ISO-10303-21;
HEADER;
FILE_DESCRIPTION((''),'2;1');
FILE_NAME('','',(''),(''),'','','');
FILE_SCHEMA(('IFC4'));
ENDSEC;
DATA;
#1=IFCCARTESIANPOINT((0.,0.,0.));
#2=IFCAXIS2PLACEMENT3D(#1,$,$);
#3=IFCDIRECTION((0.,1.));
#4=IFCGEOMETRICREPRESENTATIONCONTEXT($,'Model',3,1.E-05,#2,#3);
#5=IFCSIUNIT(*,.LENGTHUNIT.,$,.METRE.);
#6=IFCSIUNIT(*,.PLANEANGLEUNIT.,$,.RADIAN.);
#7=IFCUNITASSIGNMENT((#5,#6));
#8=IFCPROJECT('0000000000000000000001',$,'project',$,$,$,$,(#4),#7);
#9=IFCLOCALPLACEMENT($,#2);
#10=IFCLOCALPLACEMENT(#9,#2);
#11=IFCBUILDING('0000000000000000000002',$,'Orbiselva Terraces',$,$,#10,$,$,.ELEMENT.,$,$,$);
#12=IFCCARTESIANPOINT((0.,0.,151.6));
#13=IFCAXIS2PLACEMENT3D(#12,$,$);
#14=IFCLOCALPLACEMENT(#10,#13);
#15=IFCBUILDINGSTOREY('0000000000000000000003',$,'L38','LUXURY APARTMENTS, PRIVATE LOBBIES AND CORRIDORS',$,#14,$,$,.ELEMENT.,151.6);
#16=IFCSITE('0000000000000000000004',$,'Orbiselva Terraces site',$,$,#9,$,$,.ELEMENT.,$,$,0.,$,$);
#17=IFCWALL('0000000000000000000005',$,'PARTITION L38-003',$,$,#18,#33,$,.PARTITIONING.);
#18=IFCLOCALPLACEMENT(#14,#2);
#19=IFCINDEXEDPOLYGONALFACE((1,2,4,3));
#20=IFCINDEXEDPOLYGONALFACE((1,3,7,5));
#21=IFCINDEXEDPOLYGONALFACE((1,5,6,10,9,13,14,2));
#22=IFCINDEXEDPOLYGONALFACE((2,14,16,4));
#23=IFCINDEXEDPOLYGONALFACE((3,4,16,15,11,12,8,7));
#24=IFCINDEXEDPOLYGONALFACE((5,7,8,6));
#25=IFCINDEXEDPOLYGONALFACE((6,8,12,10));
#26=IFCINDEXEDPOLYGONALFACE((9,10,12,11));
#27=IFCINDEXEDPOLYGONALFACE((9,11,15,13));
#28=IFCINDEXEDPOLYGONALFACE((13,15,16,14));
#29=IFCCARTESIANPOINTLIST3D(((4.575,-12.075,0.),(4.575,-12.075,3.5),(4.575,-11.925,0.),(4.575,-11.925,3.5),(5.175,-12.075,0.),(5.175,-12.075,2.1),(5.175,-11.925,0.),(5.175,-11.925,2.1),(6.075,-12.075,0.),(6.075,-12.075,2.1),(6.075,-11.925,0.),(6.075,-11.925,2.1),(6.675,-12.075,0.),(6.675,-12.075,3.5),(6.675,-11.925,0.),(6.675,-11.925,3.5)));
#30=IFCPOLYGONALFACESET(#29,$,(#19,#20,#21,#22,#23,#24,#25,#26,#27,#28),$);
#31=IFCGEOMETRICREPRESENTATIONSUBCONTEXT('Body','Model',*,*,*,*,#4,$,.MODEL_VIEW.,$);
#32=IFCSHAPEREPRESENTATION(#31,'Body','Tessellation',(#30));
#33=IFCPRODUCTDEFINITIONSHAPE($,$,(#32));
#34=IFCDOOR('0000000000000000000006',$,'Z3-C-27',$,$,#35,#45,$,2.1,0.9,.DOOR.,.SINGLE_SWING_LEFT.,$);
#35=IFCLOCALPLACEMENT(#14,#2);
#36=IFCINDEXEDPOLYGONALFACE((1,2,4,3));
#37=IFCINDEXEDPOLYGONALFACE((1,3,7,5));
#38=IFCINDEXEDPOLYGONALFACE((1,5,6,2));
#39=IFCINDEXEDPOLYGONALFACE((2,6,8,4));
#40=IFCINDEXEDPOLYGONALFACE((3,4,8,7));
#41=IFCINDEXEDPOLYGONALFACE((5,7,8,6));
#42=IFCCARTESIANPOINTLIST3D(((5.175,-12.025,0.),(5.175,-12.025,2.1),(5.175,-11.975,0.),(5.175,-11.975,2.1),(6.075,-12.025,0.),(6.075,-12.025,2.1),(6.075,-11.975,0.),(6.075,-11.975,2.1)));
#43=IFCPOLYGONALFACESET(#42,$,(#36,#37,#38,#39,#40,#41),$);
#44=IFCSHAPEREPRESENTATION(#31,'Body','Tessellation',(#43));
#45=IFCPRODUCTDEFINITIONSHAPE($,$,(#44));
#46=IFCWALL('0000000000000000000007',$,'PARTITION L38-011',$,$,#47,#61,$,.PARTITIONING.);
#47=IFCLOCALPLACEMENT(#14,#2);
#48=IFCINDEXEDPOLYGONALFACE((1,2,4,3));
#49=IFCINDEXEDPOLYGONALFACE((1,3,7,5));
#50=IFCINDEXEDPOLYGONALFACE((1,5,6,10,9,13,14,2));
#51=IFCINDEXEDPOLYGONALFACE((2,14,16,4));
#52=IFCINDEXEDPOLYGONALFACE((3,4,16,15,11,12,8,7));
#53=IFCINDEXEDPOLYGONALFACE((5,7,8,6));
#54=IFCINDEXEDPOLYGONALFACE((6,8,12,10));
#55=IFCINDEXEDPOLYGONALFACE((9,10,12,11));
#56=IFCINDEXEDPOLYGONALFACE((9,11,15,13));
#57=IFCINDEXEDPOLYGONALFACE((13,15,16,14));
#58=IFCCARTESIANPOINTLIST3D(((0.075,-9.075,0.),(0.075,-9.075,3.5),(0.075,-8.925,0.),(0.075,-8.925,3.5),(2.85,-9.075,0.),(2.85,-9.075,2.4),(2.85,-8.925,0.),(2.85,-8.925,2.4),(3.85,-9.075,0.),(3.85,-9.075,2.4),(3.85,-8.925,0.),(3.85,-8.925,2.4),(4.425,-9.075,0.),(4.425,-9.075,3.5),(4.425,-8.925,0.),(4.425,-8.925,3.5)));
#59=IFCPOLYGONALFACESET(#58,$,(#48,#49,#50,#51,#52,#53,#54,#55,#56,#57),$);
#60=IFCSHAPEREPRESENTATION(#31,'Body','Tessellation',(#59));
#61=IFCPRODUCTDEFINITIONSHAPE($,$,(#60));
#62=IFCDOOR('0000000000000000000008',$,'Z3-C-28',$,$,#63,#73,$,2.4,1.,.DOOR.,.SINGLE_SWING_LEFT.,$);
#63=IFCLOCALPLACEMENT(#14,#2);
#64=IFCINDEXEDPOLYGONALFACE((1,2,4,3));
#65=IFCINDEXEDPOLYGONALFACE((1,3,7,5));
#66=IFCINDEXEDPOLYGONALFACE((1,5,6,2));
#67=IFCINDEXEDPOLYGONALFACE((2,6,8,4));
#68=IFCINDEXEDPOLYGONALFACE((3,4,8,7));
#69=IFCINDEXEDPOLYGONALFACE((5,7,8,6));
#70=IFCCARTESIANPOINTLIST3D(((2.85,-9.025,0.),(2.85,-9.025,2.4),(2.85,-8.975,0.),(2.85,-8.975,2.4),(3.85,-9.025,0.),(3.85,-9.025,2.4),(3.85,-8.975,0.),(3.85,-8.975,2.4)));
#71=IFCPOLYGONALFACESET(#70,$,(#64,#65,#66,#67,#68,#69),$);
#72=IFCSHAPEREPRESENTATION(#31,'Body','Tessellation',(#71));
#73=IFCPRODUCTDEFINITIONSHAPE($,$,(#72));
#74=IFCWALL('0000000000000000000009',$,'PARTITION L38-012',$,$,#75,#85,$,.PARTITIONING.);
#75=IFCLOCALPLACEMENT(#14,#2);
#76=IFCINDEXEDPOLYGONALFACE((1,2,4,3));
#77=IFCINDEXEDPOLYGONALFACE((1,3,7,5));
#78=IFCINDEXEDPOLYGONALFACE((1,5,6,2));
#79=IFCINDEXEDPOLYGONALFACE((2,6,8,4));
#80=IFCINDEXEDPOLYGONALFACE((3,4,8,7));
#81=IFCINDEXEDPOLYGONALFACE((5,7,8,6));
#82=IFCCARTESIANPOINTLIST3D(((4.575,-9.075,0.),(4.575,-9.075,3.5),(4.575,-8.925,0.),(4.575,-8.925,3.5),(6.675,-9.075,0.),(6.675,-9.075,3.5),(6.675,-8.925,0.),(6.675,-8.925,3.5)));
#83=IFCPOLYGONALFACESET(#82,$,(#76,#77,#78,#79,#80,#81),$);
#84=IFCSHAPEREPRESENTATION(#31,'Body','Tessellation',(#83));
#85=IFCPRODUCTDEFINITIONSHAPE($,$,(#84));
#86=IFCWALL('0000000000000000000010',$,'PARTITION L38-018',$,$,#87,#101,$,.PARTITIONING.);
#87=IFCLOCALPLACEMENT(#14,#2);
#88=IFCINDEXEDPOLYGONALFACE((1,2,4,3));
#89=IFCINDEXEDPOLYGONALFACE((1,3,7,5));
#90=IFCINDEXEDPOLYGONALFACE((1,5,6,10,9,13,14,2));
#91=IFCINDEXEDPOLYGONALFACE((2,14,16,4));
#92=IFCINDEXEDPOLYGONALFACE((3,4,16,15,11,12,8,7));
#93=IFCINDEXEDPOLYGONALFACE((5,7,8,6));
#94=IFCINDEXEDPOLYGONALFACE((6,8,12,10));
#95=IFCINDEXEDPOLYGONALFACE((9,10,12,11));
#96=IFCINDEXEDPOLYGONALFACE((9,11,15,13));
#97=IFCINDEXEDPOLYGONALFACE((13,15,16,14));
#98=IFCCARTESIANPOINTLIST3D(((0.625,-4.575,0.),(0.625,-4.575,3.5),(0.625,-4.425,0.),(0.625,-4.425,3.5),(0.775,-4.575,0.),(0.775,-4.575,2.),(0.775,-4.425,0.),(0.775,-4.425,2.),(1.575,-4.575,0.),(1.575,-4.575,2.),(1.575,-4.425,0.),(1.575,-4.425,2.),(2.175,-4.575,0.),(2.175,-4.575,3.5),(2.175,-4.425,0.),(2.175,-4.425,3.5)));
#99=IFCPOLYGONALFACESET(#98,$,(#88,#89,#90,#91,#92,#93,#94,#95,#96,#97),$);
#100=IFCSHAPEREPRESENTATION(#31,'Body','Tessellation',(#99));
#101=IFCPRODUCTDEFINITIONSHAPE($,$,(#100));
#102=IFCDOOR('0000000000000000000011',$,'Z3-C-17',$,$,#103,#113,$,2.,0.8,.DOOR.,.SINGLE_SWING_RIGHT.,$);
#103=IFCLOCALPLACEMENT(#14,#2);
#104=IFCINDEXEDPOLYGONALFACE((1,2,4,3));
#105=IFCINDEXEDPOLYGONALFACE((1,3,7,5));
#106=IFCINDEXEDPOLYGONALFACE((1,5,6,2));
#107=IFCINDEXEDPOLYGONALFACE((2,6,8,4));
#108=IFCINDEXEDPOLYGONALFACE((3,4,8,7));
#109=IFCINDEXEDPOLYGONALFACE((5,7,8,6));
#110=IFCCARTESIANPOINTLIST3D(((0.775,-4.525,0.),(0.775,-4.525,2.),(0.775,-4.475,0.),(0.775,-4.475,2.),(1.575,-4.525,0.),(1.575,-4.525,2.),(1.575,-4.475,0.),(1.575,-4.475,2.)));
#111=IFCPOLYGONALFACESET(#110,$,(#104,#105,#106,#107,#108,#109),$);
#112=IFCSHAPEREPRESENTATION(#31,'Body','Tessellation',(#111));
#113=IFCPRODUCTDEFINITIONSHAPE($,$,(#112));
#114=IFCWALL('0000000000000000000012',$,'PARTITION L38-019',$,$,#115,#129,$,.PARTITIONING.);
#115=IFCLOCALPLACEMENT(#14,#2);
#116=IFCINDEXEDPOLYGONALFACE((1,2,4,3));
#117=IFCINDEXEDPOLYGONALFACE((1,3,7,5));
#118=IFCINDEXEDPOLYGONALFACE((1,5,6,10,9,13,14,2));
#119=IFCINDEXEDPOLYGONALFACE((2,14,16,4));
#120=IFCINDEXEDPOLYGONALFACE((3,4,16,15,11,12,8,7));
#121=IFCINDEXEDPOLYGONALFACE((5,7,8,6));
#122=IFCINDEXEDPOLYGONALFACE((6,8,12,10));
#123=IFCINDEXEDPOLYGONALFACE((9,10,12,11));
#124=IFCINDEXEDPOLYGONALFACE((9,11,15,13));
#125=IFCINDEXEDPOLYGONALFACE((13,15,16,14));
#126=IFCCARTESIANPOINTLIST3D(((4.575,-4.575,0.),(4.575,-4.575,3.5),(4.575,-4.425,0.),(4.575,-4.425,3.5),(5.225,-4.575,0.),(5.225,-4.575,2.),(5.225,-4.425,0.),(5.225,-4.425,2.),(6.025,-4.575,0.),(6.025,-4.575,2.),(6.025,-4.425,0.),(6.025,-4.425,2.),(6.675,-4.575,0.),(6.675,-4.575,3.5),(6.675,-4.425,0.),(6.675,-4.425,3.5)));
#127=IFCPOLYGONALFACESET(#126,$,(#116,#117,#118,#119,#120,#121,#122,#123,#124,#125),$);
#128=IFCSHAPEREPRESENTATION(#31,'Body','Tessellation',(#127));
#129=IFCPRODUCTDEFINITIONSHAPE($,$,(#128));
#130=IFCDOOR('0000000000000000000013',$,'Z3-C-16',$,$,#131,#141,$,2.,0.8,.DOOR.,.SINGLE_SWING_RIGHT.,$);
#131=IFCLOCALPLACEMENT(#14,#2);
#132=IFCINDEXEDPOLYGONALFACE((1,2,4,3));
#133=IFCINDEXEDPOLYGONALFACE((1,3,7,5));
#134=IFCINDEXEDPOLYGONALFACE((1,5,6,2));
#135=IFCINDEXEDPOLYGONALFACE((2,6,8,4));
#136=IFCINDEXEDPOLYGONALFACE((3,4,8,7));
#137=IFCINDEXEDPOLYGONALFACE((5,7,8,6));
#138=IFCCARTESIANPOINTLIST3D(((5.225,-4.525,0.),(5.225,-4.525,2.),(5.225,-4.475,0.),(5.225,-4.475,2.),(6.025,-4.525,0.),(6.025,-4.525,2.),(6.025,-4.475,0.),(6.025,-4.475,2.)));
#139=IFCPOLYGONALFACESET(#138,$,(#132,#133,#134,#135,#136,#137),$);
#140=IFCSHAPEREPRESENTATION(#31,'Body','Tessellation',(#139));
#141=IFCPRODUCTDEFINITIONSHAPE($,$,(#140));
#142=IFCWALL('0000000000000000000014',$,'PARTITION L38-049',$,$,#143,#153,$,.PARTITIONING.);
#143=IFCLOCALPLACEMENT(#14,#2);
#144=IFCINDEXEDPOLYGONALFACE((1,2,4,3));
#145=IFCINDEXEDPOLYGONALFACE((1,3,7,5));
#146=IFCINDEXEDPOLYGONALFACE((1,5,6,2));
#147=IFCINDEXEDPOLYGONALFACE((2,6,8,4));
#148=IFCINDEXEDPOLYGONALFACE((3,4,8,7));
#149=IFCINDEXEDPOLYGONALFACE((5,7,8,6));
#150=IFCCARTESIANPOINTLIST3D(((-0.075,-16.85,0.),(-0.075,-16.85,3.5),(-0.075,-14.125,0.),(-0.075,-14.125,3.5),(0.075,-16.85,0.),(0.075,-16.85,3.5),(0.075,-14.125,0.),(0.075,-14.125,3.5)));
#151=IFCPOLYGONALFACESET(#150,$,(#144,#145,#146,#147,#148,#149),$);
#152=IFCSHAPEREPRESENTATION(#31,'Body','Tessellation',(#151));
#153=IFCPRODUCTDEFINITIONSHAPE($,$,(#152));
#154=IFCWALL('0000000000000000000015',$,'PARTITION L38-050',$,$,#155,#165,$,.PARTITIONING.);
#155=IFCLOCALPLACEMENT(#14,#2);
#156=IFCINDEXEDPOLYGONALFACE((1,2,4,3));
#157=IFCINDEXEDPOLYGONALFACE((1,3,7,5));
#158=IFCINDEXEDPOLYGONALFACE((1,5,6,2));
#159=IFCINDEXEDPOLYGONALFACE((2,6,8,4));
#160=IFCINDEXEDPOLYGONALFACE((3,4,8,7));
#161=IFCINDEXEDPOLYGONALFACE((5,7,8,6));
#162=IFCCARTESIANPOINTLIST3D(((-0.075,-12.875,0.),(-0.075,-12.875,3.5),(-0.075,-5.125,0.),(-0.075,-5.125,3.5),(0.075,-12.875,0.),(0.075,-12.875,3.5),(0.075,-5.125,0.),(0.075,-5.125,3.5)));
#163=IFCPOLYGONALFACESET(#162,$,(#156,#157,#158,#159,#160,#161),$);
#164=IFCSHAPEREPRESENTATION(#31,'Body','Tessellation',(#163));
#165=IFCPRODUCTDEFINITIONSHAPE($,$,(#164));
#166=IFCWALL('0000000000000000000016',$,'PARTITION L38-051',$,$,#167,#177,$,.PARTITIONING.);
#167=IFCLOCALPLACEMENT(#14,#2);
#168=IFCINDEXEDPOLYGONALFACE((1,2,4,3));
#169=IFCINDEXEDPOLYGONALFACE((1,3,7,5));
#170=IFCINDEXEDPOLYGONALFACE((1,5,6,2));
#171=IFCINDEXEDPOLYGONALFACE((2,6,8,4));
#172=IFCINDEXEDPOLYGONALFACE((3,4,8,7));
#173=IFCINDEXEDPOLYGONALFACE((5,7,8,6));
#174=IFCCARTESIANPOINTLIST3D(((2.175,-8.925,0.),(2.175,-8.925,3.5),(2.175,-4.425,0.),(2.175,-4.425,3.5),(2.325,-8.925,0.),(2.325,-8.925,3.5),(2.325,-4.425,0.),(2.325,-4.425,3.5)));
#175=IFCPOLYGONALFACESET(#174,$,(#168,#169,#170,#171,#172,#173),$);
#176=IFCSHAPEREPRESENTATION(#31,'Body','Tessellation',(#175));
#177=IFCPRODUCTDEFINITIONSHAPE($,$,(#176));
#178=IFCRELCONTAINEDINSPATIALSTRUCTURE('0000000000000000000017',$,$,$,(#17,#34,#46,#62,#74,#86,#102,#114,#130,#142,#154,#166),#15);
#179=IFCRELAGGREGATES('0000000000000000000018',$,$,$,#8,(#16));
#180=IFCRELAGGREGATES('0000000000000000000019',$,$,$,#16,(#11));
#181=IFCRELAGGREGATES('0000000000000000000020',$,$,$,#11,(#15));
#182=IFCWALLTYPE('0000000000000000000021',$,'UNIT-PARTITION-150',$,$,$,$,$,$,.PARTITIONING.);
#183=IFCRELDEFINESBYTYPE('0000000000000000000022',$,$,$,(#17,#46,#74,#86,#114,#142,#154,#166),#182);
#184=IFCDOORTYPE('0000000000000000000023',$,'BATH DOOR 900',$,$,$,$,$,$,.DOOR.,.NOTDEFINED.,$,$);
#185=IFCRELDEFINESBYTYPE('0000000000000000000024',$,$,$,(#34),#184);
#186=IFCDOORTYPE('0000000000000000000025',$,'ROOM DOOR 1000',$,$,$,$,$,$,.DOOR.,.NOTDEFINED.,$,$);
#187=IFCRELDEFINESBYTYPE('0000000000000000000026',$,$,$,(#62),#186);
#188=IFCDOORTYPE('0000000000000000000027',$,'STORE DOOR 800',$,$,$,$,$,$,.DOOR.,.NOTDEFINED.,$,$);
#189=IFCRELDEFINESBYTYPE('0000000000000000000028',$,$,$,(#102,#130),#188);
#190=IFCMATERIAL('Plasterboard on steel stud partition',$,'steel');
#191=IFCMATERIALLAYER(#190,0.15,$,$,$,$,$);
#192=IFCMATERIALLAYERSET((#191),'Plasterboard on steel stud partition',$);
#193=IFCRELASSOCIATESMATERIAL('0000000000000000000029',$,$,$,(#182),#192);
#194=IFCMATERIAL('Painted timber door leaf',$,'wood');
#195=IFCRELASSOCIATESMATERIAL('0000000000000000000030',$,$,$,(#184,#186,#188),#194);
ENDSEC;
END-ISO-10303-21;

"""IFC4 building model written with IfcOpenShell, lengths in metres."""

from ifc_helpers import new_model, si_unit, direction, frame, frame_2d, origin, place, context, subcontext, project, spatial, rectangle, extrude, material, layer, layer_set, type_object, element, fill, save


model = new_model("IFC4")

# Units and contexts
model_context = context("Model", 3, precision=1e-05, world=origin(), true_north=direction((0.0, 1.0)))
body_context = subcontext(model_context, "Body", "Model", "MODEL_VIEW")
ifc_project = project(units=[si_unit("LENGTHUNIT", "METRE"), si_unit("PLANEANGLEUNIT", "RADIAN")], contexts=[model_context])

# Site, building, storey
site_placement = place(None, origin())
site = spatial("IfcSite", under=ifc_project, at=site_placement, Name="Orbiselva Terraces site", CompositionType="ELEMENT", RefElevation=0.0)
building_placement = place(site_placement, origin())
building = spatial("IfcBuilding", under=site, at=building_placement, Name="Orbiselva Terraces", CompositionType="ELEMENT")
storey_placement = place(building_placement, frame((0.0, 0.0, 151.6)))
storey = spatial("IfcBuildingStorey", under=building, at=storey_placement, Name="L38", Description="LUXURY APARTMENTS, PRIVATE LOBBIES AND CORRIDORS", CompositionType="ELEMENT", Elevation=151.6)

# Walls, openings, doors
ifc_material_1 = material(Name="Plasterboard on steel stud partition", Category="steel")
ifc_layer_1 = layer(ifc_material_1, 0.15)
ifc_layer_set_1 = layer_set([ifc_layer_1], Name="Plasterboard on steel stud partition")
wall_type_1 = type_object("IfcWallType", Name="UNIT-PARTITION-150", PredefinedType="PARTITIONING", material=ifc_layer_set_1)
wall_1_placement = place(storey_placement, frame((4.575, -12.0, 0.0), z_axis=(0.0, 0.0, 1.0), x_axis=(1.0, 0.0, 0.0)))
wall_1 = element("IfcWall", 1, at=wall_1_placement, inside=storey, type_object=wall_type_1, Name="PARTITION L38-003", PredefinedType="PARTITIONING", context=body_context, shape_type="SweptSolid", body=[
    extrude(rectangle(XDim=2.1, YDim=0.15, at=frame_2d((1.05, 0.0))), origin(), (0.0, 0.0, 1.0), 3.5),
])
opening_1_placement = place(wall_1_placement, frame((0.6, 0.0, 0.0)))
opening_1 = element("IfcOpeningElement", 2, at=opening_1_placement, cuts=wall_1, PredefinedType="OPENING", context=body_context, shape_type="SweptSolid", body=[
    extrude(rectangle(XDim=0.9, YDim=2.1, at=frame_2d((0.45, 1.05))), frame((0.0, 0.085, 0.0), z_axis=(0.0, -1.0, 0.0), x_axis=(1.0, 0.0, 0.0)), (0.0, 0.0, 1.0), 0.17),
])
ifc_material_2 = material(Name="Painted timber door leaf", Category="wood")
door_type_1 = type_object("IfcDoorType", Name="BATH DOOR 900", OperationType="NOTDEFINED", PredefinedType="DOOR", material=ifc_material_2)
door_1_placement = place(opening_1_placement, origin())
door_1 = element("IfcDoor", 3, at=door_1_placement, inside=storey, type_object=door_type_1, Name="Z3-C-27", OperationType="SINGLE_SWING_LEFT", OverallHeight=2.1, OverallWidth=0.9, PredefinedType="DOOR", context=body_context, shape_type="SweptSolid", body=[
    extrude(rectangle(XDim=0.9, YDim=2.1, at=frame_2d((0.45, 1.05))), frame((0.0, 0.025, 0.0), z_axis=(0.0, -1.0, 0.0), x_axis=(1.0, 0.0, 0.0)), (0.0, 0.0, 1.0), 0.05),
])
fill(opening_1, door_1)
wall_2_placement = place(storey_placement, frame((4.425, -9.0, 0.0), z_axis=(0.0, 0.0, 1.0), x_axis=(-1.0, 0.0, 0.0)))
wall_2 = element("IfcWall", 4, at=wall_2_placement, inside=storey, type_object=wall_type_1, Name="PARTITION L38-011", PredefinedType="PARTITIONING", context=body_context, shape_type="SweptSolid", body=[
    extrude(rectangle(XDim=4.35, YDim=0.15, at=frame_2d((2.175, 0.0))), origin(), (0.0, 0.0, 1.0), 3.5),
])
opening_2_placement = place(wall_2_placement, frame((0.575, 0.0, 0.0)))
opening_2 = element("IfcOpeningElement", 5, at=opening_2_placement, cuts=wall_2, PredefinedType="OPENING", context=body_context, shape_type="SweptSolid", body=[
    extrude(rectangle(XDim=1.0, YDim=2.4, at=frame_2d((0.5, 1.2))), frame((0.0, 0.085, 0.0), z_axis=(0.0, -1.0, 0.0), x_axis=(1.0, 0.0, 0.0)), (0.0, 0.0, 1.0), 0.17),
])
door_type_2 = type_object("IfcDoorType", Name="ROOM DOOR 1000", OperationType="NOTDEFINED", PredefinedType="DOOR", material=ifc_material_2)
door_2_placement = place(opening_2_placement, origin())
door_2 = element("IfcDoor", 6, at=door_2_placement, inside=storey, type_object=door_type_2, Name="Z3-C-28", OperationType="SINGLE_SWING_LEFT", OverallHeight=2.4, OverallWidth=1.0, PredefinedType="DOOR", context=body_context, shape_type="SweptSolid", body=[
    extrude(rectangle(XDim=1.0, YDim=2.4, at=frame_2d((0.5, 1.2))), frame((0.0, 0.025, 0.0), z_axis=(0.0, -1.0, 0.0), x_axis=(1.0, 0.0, 0.0)), (0.0, 0.0, 1.0), 0.05),
])
fill(opening_2, door_2)

# Wall
wall_3_placement = place(storey_placement, frame((4.575, -9.0, 0.0), z_axis=(0.0, 0.0, 1.0), x_axis=(1.0, 0.0, 0.0)))
element("IfcWall", 7, at=wall_3_placement, inside=storey, type_object=wall_type_1, Name="PARTITION L38-012", PredefinedType="PARTITIONING", context=body_context, shape_type="SweptSolid", body=[
    extrude(rectangle(XDim=2.1, YDim=0.15, at=frame_2d((1.05, 0.0))), origin(), (0.0, 0.0, 1.0), 3.5),
])

# Walls, openings, doors
wall_4_placement = place(storey_placement, frame((2.175, -4.5, 0.0), z_axis=(0.0, 0.0, 1.0), x_axis=(-1.0, 0.0, 0.0)))
wall_4 = element("IfcWall", 8, at=wall_4_placement, inside=storey, type_object=wall_type_1, Name="PARTITION L38-018", PredefinedType="PARTITIONING", context=body_context, shape_type="SweptSolid", body=[
    extrude(rectangle(XDim=1.55, YDim=0.15, at=frame_2d((0.775, 0.0))), origin(), (0.0, 0.0, 1.0), 3.5),
])
opening_3_placement = place(wall_4_placement, frame((0.6, 0.0, 0.0)))
opening_3 = element("IfcOpeningElement", 9, at=opening_3_placement, cuts=wall_4, PredefinedType="OPENING", context=body_context, shape_type="SweptSolid", body=[
    extrude(rectangle(XDim=0.8, YDim=2.0, at=frame_2d((0.4, 1.0))), frame((0.0, 0.085, 0.0), z_axis=(0.0, -1.0, 0.0), x_axis=(1.0, 0.0, 0.0)), (0.0, 0.0, 1.0), 0.17),
])
door_type_3 = type_object("IfcDoorType", Name="STORE DOOR 800", OperationType="NOTDEFINED", PredefinedType="DOOR", material=ifc_material_2)
door_3_placement = place(opening_3_placement, origin())
door_3 = element("IfcDoor", 10, at=door_3_placement, inside=storey, type_object=door_type_3, Name="Z3-C-17", OperationType="SINGLE_SWING_RIGHT", OverallHeight=2.0, OverallWidth=0.8, PredefinedType="DOOR", context=body_context, shape_type="SweptSolid", body=[
    extrude(rectangle(XDim=0.8, YDim=2.0, at=frame_2d((0.4, 1.0))), frame((0.0, 0.025, 0.0), z_axis=(0.0, -1.0, 0.0), x_axis=(1.0, 0.0, 0.0)), (0.0, 0.0, 1.0), 0.05),
])
fill(opening_3, door_3)
wall_5_placement = place(storey_placement, frame((6.675, -4.5, 0.0), z_axis=(0.0, 0.0, 1.0), x_axis=(-1.0, 0.0, 0.0)))
wall_5 = element("IfcWall", 11, at=wall_5_placement, inside=storey, type_object=wall_type_1, Name="PARTITION L38-019", PredefinedType="PARTITIONING", context=body_context, shape_type="SweptSolid", body=[
    extrude(rectangle(XDim=2.1, YDim=0.15, at=frame_2d((1.05, 0.0))), origin(), (0.0, 0.0, 1.0), 3.5),
])
opening_4_placement = place(wall_5_placement, frame((0.65, 0.0, 0.0)))
opening_4 = element("IfcOpeningElement", 12, at=opening_4_placement, cuts=wall_5, PredefinedType="OPENING", context=body_context, shape_type="SweptSolid", body=[
    extrude(rectangle(XDim=0.8, YDim=2.0, at=frame_2d((0.4, 1.0))), frame((0.0, 0.085, 0.0), z_axis=(0.0, -1.0, 0.0), x_axis=(1.0, 0.0, 0.0)), (0.0, 0.0, 1.0), 0.17),
])
door_4_placement = place(opening_4_placement, origin())
door_4 = element("IfcDoor", 13, at=door_4_placement, inside=storey, type_object=door_type_3, Name="Z3-C-16", OperationType="SINGLE_SWING_RIGHT", OverallHeight=2.0, OverallWidth=0.8, PredefinedType="DOOR", context=body_context, shape_type="SweptSolid", body=[
    extrude(rectangle(XDim=0.8, YDim=2.0, at=frame_2d((0.4, 1.0))), frame((0.0, 0.025, 0.0), z_axis=(0.0, -1.0, 0.0), x_axis=(1.0, 0.0, 0.0)), (0.0, 0.0, 1.0), 0.05),
])
fill(opening_4, door_4)

# Walls
wall_6_placement = place(storey_placement, frame((0.0, -16.85, 0.0), z_axis=(0.0, 0.0, 1.0), x_axis=(0.0, 1.0, 0.0)))
element("IfcWall", 14, at=wall_6_placement, inside=storey, type_object=wall_type_1, Name="PARTITION L38-049", PredefinedType="PARTITIONING", context=body_context, shape_type="SweptSolid", body=[
    extrude(rectangle(XDim=2.725, YDim=0.15, at=frame_2d((1.3625, 0.0))), origin(), (0.0, 0.0, 1.0), 3.5),
])
wall_7_placement = place(storey_placement, frame((0.0, -12.875, 0.0), z_axis=(0.0, 0.0, 1.0), x_axis=(0.0, 1.0, 0.0)))
element("IfcWall", 15, at=wall_7_placement, inside=storey, type_object=wall_type_1, Name="PARTITION L38-050", PredefinedType="PARTITIONING", context=body_context, shape_type="SweptSolid", body=[
    extrude(rectangle(XDim=7.75, YDim=0.15, at=frame_2d((3.875, 0.0))), origin(), (0.0, 0.0, 1.0), 3.5),
])
wall_8_placement = place(storey_placement, frame((2.25, -8.925, 0.0), z_axis=(0.0, 0.0, 1.0), x_axis=(0.0, 1.0, 0.0)))
element("IfcWall", 16, at=wall_8_placement, inside=storey, type_object=wall_type_1, Name="PARTITION L38-051", PredefinedType="PARTITIONING", context=body_context, shape_type="SweptSolid", body=[
    extrude(rectangle(XDim=4.5, YDim=0.15, at=frame_2d((2.25, 0.0))), origin(), (0.0, 0.0, 1.0), 3.5),
])

save(model, "model.ifc")
